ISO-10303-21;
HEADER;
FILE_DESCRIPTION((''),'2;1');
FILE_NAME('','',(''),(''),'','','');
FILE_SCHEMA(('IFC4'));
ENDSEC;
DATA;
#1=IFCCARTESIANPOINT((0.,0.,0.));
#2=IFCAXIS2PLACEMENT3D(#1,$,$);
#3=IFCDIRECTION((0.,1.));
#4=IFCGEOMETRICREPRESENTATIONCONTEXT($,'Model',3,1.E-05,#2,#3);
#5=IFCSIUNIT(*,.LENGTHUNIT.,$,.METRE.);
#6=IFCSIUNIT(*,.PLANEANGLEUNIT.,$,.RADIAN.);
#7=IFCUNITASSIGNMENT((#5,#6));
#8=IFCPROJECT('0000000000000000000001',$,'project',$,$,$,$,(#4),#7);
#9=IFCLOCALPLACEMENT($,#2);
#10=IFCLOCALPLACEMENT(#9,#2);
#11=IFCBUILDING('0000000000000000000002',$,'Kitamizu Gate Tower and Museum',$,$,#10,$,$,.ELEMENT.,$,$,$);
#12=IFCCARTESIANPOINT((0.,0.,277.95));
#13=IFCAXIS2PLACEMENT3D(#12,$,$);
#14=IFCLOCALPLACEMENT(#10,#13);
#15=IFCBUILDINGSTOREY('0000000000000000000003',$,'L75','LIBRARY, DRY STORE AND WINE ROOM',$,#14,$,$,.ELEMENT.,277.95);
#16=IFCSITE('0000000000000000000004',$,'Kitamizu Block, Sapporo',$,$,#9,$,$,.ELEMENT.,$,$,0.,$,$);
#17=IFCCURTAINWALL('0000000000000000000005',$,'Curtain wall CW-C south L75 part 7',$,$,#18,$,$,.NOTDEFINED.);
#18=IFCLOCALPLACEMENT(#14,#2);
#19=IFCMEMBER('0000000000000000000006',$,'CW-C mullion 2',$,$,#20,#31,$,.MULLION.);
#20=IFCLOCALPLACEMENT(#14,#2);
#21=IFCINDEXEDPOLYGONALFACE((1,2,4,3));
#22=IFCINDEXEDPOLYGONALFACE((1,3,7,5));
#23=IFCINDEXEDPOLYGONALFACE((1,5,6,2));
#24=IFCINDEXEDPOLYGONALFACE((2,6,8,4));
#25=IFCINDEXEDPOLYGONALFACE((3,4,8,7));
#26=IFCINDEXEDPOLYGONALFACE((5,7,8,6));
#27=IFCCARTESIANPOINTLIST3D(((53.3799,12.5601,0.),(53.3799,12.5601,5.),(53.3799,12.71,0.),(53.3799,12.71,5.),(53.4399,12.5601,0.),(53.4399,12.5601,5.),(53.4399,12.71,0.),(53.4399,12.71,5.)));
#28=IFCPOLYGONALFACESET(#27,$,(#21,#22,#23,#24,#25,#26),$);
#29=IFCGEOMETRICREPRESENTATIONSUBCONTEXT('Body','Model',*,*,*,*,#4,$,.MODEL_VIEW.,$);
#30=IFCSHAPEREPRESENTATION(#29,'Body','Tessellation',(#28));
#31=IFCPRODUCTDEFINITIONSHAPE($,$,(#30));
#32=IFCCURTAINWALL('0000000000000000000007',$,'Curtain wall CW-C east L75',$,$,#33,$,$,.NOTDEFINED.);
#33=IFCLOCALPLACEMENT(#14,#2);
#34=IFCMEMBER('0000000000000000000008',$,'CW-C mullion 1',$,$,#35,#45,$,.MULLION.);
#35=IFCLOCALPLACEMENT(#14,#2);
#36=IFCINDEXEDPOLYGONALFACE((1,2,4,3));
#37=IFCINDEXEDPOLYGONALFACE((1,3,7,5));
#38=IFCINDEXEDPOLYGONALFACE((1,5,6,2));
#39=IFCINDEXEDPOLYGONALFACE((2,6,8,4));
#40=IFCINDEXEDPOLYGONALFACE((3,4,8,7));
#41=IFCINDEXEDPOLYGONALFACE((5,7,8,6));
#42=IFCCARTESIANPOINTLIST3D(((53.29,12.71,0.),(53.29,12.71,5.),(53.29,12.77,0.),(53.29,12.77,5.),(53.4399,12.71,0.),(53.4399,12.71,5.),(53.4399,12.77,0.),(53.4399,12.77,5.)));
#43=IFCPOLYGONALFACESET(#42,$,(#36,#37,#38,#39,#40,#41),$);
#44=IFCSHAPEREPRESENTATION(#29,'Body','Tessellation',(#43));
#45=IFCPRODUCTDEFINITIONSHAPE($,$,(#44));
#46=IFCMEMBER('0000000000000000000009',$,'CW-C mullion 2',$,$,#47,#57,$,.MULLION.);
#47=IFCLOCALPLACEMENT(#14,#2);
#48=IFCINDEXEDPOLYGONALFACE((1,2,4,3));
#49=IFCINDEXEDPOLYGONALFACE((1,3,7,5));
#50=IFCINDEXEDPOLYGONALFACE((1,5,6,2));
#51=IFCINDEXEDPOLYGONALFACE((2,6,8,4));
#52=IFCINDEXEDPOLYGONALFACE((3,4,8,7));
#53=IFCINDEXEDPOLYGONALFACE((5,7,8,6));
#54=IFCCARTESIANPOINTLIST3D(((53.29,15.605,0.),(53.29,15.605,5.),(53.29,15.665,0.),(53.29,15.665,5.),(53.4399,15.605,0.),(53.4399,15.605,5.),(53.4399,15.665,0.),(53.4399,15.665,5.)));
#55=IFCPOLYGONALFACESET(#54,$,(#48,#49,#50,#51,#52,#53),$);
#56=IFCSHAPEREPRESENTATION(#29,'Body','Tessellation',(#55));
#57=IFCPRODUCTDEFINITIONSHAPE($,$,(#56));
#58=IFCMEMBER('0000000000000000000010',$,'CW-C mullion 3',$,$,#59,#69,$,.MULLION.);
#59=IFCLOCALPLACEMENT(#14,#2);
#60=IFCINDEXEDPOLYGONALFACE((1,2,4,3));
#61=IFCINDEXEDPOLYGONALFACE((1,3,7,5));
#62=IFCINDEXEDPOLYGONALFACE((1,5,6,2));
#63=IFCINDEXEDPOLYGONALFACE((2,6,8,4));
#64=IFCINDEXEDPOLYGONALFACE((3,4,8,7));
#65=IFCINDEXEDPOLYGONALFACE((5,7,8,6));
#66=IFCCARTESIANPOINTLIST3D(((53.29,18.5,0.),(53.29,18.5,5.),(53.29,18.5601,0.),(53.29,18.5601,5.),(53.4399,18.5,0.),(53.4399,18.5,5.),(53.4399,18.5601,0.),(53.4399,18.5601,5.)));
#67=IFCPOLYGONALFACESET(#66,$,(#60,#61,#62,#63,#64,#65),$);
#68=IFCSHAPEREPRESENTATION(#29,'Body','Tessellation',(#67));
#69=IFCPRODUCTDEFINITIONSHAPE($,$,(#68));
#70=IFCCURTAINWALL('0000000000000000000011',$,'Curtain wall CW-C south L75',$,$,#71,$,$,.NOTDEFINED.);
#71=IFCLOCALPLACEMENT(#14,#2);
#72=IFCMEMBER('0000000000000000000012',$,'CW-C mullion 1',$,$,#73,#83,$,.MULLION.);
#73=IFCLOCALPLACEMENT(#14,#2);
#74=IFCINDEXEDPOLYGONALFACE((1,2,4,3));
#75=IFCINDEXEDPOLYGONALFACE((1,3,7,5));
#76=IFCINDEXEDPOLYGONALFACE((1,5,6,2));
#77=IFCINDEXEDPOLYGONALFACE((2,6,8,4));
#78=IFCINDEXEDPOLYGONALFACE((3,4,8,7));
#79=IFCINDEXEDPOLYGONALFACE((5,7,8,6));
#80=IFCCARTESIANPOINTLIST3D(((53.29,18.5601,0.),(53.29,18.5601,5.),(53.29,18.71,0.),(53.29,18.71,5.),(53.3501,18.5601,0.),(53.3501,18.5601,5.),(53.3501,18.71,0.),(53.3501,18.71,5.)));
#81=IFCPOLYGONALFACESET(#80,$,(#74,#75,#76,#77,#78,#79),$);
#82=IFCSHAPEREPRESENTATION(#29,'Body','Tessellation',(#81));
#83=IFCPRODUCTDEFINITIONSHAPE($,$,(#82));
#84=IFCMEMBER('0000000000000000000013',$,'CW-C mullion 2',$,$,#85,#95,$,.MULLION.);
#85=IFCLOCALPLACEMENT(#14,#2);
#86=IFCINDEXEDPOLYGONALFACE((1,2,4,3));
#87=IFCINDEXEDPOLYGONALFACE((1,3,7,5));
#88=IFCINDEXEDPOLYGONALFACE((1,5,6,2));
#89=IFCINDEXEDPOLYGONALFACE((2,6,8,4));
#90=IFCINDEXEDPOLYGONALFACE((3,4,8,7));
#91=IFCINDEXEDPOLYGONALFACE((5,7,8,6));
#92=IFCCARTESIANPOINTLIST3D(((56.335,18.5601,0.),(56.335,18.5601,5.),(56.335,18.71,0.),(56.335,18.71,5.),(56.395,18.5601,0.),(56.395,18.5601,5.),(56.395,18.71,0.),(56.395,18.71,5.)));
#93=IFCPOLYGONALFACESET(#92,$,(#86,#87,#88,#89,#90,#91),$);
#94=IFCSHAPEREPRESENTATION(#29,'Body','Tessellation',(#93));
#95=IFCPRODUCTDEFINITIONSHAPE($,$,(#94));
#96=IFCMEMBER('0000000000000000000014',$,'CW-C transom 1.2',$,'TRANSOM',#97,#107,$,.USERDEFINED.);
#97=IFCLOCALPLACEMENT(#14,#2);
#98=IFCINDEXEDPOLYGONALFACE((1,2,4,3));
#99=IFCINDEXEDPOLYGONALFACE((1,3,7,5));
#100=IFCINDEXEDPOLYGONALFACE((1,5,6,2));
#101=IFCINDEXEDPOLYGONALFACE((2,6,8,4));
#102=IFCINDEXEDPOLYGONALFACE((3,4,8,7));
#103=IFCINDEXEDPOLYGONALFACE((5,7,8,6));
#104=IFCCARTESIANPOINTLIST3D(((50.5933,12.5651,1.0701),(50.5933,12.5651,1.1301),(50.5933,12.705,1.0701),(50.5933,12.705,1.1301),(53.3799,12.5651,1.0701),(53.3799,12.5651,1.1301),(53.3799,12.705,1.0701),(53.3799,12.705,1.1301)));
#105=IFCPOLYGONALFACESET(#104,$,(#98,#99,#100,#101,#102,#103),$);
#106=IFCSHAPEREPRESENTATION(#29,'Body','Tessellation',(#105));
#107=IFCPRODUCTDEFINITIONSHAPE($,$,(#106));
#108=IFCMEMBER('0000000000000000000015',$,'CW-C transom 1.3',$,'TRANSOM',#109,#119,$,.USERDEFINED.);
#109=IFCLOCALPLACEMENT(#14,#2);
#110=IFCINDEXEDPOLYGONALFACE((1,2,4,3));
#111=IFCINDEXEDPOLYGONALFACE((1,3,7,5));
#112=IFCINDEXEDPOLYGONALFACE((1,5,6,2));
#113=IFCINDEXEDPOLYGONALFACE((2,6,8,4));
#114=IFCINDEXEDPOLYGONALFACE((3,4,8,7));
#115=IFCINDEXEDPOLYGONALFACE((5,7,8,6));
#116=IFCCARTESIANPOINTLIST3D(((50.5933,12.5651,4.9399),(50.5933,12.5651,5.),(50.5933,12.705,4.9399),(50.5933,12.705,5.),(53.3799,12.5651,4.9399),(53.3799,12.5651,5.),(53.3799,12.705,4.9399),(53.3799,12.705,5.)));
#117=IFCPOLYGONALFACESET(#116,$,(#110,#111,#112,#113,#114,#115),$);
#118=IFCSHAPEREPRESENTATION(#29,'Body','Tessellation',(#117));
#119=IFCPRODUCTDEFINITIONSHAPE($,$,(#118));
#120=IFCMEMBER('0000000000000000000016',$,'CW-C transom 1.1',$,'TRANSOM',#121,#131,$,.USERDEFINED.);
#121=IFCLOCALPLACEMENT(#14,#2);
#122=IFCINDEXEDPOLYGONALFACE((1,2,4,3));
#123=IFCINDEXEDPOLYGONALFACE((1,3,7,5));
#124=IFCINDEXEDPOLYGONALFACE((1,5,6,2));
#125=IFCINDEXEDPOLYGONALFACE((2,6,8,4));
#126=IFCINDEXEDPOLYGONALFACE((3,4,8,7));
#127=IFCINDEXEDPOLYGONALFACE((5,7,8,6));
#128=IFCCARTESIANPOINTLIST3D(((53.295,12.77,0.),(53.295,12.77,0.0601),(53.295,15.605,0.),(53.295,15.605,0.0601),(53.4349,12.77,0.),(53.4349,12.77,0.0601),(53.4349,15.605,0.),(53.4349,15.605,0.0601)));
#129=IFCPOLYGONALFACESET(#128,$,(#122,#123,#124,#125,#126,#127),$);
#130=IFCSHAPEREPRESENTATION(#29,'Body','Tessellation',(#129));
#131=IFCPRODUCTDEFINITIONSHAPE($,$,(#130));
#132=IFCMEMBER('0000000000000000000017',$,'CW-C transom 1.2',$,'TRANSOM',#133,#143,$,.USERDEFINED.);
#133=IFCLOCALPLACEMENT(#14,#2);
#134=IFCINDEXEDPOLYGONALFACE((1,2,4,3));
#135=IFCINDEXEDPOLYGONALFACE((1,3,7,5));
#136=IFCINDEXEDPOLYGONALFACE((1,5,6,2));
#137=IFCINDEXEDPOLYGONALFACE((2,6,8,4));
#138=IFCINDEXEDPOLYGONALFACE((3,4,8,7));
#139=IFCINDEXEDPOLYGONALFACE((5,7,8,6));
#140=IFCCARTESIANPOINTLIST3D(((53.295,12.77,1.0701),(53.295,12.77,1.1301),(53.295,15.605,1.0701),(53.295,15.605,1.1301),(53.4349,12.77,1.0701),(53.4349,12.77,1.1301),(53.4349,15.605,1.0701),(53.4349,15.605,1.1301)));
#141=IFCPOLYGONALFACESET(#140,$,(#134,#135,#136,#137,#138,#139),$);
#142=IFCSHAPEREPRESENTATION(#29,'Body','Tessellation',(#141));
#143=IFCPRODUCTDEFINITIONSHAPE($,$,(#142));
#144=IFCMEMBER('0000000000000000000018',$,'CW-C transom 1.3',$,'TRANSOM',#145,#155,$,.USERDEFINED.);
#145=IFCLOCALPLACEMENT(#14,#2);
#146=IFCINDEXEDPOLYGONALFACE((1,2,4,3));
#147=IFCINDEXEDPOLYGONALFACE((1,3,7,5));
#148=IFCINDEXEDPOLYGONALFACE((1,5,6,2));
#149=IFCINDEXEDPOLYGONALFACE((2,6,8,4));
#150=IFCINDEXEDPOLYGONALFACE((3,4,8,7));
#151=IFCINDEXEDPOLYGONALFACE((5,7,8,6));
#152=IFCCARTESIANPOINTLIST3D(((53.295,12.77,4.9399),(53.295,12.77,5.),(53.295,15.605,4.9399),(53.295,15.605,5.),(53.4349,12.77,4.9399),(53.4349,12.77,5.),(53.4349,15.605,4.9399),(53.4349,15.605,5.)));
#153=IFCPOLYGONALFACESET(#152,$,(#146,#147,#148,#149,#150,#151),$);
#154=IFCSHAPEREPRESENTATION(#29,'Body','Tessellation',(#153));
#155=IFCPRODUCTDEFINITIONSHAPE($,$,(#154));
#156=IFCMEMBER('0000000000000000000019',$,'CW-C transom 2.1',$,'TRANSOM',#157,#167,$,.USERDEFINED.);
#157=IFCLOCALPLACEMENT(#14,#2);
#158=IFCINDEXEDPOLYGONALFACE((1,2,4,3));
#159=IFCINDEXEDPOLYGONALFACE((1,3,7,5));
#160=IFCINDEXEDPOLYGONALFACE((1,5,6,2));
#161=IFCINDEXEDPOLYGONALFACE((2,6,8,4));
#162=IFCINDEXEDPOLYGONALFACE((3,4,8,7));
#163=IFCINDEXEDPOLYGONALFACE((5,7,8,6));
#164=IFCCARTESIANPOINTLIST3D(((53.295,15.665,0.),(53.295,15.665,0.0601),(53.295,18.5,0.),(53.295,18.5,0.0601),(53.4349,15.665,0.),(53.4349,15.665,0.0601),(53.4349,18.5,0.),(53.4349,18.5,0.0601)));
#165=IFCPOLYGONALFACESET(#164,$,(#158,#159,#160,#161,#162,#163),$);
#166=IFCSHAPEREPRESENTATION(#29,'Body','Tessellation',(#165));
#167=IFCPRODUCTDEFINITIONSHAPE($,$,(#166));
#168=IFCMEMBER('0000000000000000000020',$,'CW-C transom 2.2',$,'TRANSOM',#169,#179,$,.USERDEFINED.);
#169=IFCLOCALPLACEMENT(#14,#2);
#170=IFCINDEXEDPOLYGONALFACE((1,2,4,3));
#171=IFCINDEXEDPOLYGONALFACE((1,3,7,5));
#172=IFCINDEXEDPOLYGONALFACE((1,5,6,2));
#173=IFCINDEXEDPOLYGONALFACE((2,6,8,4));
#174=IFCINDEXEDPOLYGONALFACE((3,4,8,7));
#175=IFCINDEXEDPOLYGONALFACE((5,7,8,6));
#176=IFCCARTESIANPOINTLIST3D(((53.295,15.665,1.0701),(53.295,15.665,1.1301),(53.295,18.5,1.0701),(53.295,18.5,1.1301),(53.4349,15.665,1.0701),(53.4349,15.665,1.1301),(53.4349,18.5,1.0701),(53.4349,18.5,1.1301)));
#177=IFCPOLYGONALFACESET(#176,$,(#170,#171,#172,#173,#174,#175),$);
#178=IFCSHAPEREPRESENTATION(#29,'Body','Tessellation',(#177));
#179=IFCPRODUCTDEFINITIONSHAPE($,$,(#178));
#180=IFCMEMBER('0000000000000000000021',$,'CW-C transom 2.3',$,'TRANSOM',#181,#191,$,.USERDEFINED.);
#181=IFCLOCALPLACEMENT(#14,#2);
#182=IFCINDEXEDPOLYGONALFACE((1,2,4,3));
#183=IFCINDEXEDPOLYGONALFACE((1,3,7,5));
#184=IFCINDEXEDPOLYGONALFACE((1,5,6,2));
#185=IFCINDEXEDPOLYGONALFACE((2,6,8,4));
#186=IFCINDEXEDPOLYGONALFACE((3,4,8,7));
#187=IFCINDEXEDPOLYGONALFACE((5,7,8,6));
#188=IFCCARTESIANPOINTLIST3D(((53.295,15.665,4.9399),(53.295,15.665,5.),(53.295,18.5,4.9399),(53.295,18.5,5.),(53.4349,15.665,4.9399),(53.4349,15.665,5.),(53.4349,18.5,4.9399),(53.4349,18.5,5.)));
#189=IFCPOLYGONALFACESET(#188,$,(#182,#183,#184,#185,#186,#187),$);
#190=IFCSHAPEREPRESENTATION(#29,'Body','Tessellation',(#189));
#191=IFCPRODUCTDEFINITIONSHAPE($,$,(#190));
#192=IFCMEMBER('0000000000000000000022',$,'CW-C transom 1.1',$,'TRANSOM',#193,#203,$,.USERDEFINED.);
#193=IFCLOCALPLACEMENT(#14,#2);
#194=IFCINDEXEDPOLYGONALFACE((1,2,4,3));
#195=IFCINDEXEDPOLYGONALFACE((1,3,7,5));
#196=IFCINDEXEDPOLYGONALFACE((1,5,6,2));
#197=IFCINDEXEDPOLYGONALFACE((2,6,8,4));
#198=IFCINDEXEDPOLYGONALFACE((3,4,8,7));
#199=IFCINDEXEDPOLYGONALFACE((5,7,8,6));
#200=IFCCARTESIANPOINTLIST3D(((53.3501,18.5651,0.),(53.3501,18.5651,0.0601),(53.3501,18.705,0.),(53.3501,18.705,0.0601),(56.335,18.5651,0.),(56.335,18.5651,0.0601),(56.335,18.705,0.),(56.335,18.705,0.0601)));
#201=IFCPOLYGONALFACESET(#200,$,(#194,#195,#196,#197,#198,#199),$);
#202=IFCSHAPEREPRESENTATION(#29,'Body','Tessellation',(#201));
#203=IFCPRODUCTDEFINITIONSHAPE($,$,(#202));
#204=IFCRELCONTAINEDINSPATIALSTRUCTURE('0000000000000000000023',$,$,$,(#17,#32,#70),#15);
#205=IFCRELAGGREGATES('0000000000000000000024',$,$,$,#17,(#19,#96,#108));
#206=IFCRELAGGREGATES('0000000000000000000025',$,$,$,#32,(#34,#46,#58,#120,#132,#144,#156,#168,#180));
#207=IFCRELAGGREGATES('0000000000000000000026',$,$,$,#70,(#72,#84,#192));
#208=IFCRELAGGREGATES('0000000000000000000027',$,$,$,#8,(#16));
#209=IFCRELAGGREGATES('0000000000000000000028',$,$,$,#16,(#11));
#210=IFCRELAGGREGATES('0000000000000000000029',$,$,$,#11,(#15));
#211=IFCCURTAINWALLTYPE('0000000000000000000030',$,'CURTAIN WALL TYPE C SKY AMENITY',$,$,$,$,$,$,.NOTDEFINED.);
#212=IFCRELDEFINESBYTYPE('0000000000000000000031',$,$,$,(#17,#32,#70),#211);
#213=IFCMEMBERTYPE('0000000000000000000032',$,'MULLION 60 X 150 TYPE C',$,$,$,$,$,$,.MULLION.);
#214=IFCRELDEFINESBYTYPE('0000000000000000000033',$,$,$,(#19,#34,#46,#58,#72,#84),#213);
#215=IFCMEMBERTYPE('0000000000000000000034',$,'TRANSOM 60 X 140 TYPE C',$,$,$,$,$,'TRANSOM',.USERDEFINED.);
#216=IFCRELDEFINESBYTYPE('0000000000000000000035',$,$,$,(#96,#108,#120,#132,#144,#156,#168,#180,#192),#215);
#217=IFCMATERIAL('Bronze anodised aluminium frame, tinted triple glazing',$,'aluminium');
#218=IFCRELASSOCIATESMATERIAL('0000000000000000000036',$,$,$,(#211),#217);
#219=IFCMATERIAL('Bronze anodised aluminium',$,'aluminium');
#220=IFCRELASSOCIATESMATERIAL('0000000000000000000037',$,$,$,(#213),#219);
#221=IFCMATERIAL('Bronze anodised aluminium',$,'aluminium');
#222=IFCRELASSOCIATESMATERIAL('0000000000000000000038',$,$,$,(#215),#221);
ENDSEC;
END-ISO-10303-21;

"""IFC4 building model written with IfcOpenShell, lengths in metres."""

from ifc_helpers import new_model, si_unit, direction, frame, origin, origin_2d, place, context, subcontext, project, spatial, rectangle, extrude, material, material_profile, profile_set, type_object, element, aggregate, save


model = new_model("IFC4")

# Units and contexts
model_context = context("Model", 3, precision=1e-05, world=origin(), true_north=direction((0.0, 1.0)))
body_context = subcontext(model_context, "Body", "Model", "MODEL_VIEW")
ifc_project = project(units=[si_unit("LENGTHUNIT", "METRE"), si_unit("PLANEANGLEUNIT", "RADIAN")], contexts=[model_context])

# Site, building, storey
site_placement = place(None, origin())
site = spatial("IfcSite", under=ifc_project, at=site_placement, Name="Kitamizu Block, Sapporo", CompositionType="ELEMENT", RefElevation=0.0)
building_placement = place(site_placement, origin())
building = spatial("IfcBuilding", under=site, at=building_placement, Name="Kitamizu Gate Tower and Museum", CompositionType="ELEMENT")
storey_placement = place(building_placement, frame((0.0, 0.0, 277.95)))
storey = spatial("IfcBuildingStorey", under=building, at=storey_placement, Name="L75", Description="LIBRARY, DRY STORE AND WINE ROOM", CompositionType="ELEMENT", Elevation=277.95)

# Curtain wall, member
ifc_material_1 = material(Name="Bronze anodised aluminium frame, tinted triple glazing", Category="aluminium")
curtain_wall_type = type_object("IfcCurtainWallType", Name="CURTAIN WALL TYPE C SKY AMENITY", PredefinedType="NOTDEFINED", material=ifc_material_1)
curtain_wall_1_placement = place(storey_placement, origin())
curtain_wall_1 = element("IfcCurtainWall", 1, at=curtain_wall_1_placement, inside=storey, type_object=curtain_wall_type, Name="Curtain wall CW-C south L75 part 7", PredefinedType="NOTDEFINED")
ifc_material_2 = material(Name="Bronze anodised aluminium", Category="aluminium")
ifc_material_profile_1 = material_profile(ifc_material_2, rectangle(XDim=0.0601, YDim=0.1499, at=origin_2d()), Name="AL 60X150")
ifc_profile_set_1 = profile_set([ifc_material_profile_1], Name="Bronze anodised aluminium")
member_type_1 = type_object("IfcMemberType", Name="MULLION 60 X 150 TYPE C", PredefinedType="MULLION", material=ifc_profile_set_1)
member_1_placement = place(storey_placement, frame((53.4099, 12.635, 0.0), z_axis=(0.0, 0.0, 1.0), x_axis=(1.0, 0.0, 0.0)))
member_1 = element("IfcMember", 2, at=member_1_placement, type_object=member_type_1, Name="CW-C mullion 2", PredefinedType="MULLION", context=body_context, shape_type="SweptSolid", body=[
    extrude(rectangle(XDim=0.0601, YDim=0.1499, at=origin_2d()), origin(), (0.0, 0.0, 1.0), 5.0),
])

# Curtain walls, members
curtain_wall_2_placement = place(storey_placement, origin())
curtain_wall_2 = element("IfcCurtainWall", 3, at=curtain_wall_2_placement, inside=storey, type_object=curtain_wall_type, Name="Curtain wall CW-C east L75", PredefinedType="NOTDEFINED")
member_2_placement = place(storey_placement, frame((53.365, 12.74, 0.0), z_axis=(0.0, 0.0, 1.0), x_axis=(0.0, 1.0, 0.0)))
member_2 = element("IfcMember", 4, at=member_2_placement, type_object=member_type_1, Name="CW-C mullion 1", PredefinedType="MULLION", context=body_context, shape_type="SweptSolid", body=[
    extrude(rectangle(XDim=0.0601, YDim=0.1499, at=origin_2d()), origin(), (0.0, 0.0, 1.0), 5.0),
])
member_3_placement = place(storey_placement, frame((53.365, 15.635, 0.0), z_axis=(0.0, 0.0, 1.0), x_axis=(0.0, 1.0, 0.0)))
member_3 = element("IfcMember", 5, at=member_3_placement, type_object=member_type_1, Name="CW-C mullion 2", PredefinedType="MULLION", context=body_context, shape_type="SweptSolid", body=[
    extrude(rectangle(XDim=0.0601, YDim=0.1499, at=origin_2d()), origin(), (0.0, 0.0, 1.0), 5.0),
])
member_4_placement = place(storey_placement, frame((53.365, 18.53, 0.0), z_axis=(0.0, 0.0, 1.0), x_axis=(0.0, 1.0, 0.0)))
member_4 = element("IfcMember", 6, at=member_4_placement, type_object=member_type_1, Name="CW-C mullion 3", PredefinedType="MULLION", context=body_context, shape_type="SweptSolid", body=[
    extrude(rectangle(XDim=0.0601, YDim=0.1499, at=origin_2d()), origin(), (0.0, 0.0, 1.0), 5.0),
])
curtain_wall_3_placement = place(storey_placement, origin())
curtain_wall_3 = element("IfcCurtainWall", 7, at=curtain_wall_3_placement, inside=storey, type_object=curtain_wall_type, Name="Curtain wall CW-C south L75", PredefinedType="NOTDEFINED")
member_5_placement = place(storey_placement, frame((53.3201, 18.635, 0.0), z_axis=(0.0, 0.0, 1.0), x_axis=(1.0, 0.0, 0.0)))
member_5 = element("IfcMember", 8, at=member_5_placement, type_object=member_type_1, Name="CW-C mullion 1", PredefinedType="MULLION", context=body_context, shape_type="SweptSolid", body=[
    extrude(rectangle(XDim=0.0601, YDim=0.1499, at=origin_2d()), origin(), (0.0, 0.0, 1.0), 5.0),
])
member_6_placement = place(storey_placement, frame((56.365, 18.635, 0.0), z_axis=(0.0, 0.0, 1.0), x_axis=(1.0, 0.0, 0.0)))
member_6 = element("IfcMember", 9, at=member_6_placement, type_object=member_type_1, Name="CW-C mullion 2", PredefinedType="MULLION", context=body_context, shape_type="SweptSolid", body=[
    extrude(rectangle(XDim=0.0601, YDim=0.1499, at=origin_2d()), origin(), (0.0, 0.0, 1.0), 5.0),
])

# Members
ifc_material_3 = material(Name="Bronze anodised aluminium", Category="aluminium")
ifc_material_profile_2 = material_profile(ifc_material_3, rectangle(XDim=0.1399, YDim=0.0601, at=origin_2d()), Name="AL 60X140")
ifc_profile_set_2 = profile_set([ifc_material_profile_2], Name="Bronze anodised aluminium")
member_type_2 = type_object("IfcMemberType", Name="TRANSOM 60 X 140 TYPE C", ElementType="TRANSOM", PredefinedType="USERDEFINED", material=ifc_profile_set_2)
member_7_placement = place(storey_placement, frame((50.5933, 12.635, 1.1001), z_axis=(1.0, 0.0, 0.0), x_axis=(0.0, 1.0, 0.0)))
member_7 = element("IfcMember", 10, at=member_7_placement, type_object=member_type_2, Name="CW-C transom 1.2", ObjectType="TRANSOM", PredefinedType="USERDEFINED", context=body_context, shape_type="SweptSolid", body=[
    extrude(rectangle(XDim=0.1399, YDim=0.0601, at=origin_2d()), origin(), (0.0, 0.0, 1.0), 2.7866),
])
member_8_placement = place(storey_placement, frame((50.5933, 12.635, 4.97), z_axis=(1.0, 0.0, 0.0), x_axis=(0.0, 1.0, 0.0)))
member_8 = element("IfcMember", 11, at=member_8_placement, type_object=member_type_2, Name="CW-C transom 1.3", ObjectType="TRANSOM", PredefinedType="USERDEFINED", context=body_context, shape_type="SweptSolid", body=[
    extrude(rectangle(XDim=0.1399, YDim=0.0601, at=origin_2d()), origin(), (0.0, 0.0, 1.0), 2.7866),
])
member_9_placement = place(storey_placement, frame((53.365, 12.77, 0.03), z_axis=(0.0, 1.0, 0.0), x_axis=(-1.0, 0.0, 0.0)))
member_9 = element("IfcMember", 12, at=member_9_placement, type_object=member_type_2, Name="CW-C transom 1.1", ObjectType="TRANSOM", PredefinedType="USERDEFINED", context=body_context, shape_type="SweptSolid", body=[
    extrude(rectangle(XDim=0.1399, YDim=0.0601, at=origin_2d()), origin(), (0.0, 0.0, 1.0), 2.835),
])
member_10_placement = place(storey_placement, frame((53.365, 12.77, 1.1001), z_axis=(0.0, 1.0, 0.0), x_axis=(-1.0, 0.0, 0.0)))
member_10 = element("IfcMember", 13, at=member_10_placement, type_object=member_type_2, Name="CW-C transom 1.2", ObjectType="TRANSOM", PredefinedType="USERDEFINED", context=body_context, shape_type="SweptSolid", body=[
    extrude(rectangle(XDim=0.1399, YDim=0.0601, at=origin_2d()), origin(), (0.0, 0.0, 1.0), 2.835),
])
member_11_placement = place(storey_placement, frame((53.365, 12.77, 4.97), z_axis=(0.0, 1.0, 0.0), x_axis=(-1.0, 0.0, 0.0)))
member_11 = element("IfcMember", 14, at=member_11_placement, type_object=member_type_2, Name="CW-C transom 1.3", ObjectType="TRANSOM", PredefinedType="USERDEFINED", context=body_context, shape_type="SweptSolid", body=[
    extrude(rectangle(XDim=0.1399, YDim=0.0601, at=origin_2d()), origin(), (0.0, 0.0, 1.0), 2.835),
])
member_12_placement = place(storey_placement, frame((53.365, 15.665, 0.03), z_axis=(0.0, 1.0, 0.0), x_axis=(-1.0, 0.0, 0.0)))
member_12 = element("IfcMember", 15, at=member_12_placement, type_object=member_type_2, Name="CW-C transom 2.1", ObjectType="TRANSOM", PredefinedType="USERDEFINED", context=body_context, shape_type="SweptSolid", body=[
    extrude(rectangle(XDim=0.1399, YDim=0.0601, at=origin_2d()), origin(), (0.0, 0.0, 1.0), 2.835),
])
member_13_placement = place(storey_placement, frame((53.365, 15.665, 1.1001), z_axis=(0.0, 1.0, 0.0), x_axis=(-1.0, 0.0, 0.0)))
member_13 = element("IfcMember", 16, at=member_13_placement, type_object=member_type_2, Name="CW-C transom 2.2", ObjectType="TRANSOM", PredefinedType="USERDEFINED", context=body_context, shape_type="SweptSolid", body=[
    extrude(rectangle(XDim=0.1399, YDim=0.0601, at=origin_2d()), origin(), (0.0, 0.0, 1.0), 2.835),
])
member_14_placement = place(storey_placement, frame((53.365, 15.665, 4.97), z_axis=(0.0, 1.0, 0.0), x_axis=(-1.0, 0.0, 0.0)))
member_14 = element("IfcMember", 17, at=member_14_placement, type_object=member_type_2, Name="CW-C transom 2.3", ObjectType="TRANSOM", PredefinedType="USERDEFINED", context=body_context, shape_type="SweptSolid", body=[
    extrude(rectangle(XDim=0.1399, YDim=0.0601, at=origin_2d()), origin(), (0.0, 0.0, 1.0), 2.835),
])
member_15_placement = place(storey_placement, frame((53.3501, 18.635, 0.03), z_axis=(1.0, 0.0, 0.0), x_axis=(0.0, 1.0, 0.0)))
member_15 = element("IfcMember", 18, at=member_15_placement, type_object=member_type_2, Name="CW-C transom 1.1", ObjectType="TRANSOM", PredefinedType="USERDEFINED", context=body_context, shape_type="SweptSolid", body=[
    extrude(rectangle(XDim=0.1399, YDim=0.0601, at=origin_2d()), origin(), (0.0, 0.0, 1.0), 2.9849),
])

aggregate(curtain_wall_1, [member_1, member_7, member_8])
aggregate(curtain_wall_2, [member_2, member_3, member_4, member_9, member_10, member_11, member_12, member_13, member_14])
aggregate(curtain_wall_3, [member_5, member_6, member_15])

save(model, "model.ifc")
